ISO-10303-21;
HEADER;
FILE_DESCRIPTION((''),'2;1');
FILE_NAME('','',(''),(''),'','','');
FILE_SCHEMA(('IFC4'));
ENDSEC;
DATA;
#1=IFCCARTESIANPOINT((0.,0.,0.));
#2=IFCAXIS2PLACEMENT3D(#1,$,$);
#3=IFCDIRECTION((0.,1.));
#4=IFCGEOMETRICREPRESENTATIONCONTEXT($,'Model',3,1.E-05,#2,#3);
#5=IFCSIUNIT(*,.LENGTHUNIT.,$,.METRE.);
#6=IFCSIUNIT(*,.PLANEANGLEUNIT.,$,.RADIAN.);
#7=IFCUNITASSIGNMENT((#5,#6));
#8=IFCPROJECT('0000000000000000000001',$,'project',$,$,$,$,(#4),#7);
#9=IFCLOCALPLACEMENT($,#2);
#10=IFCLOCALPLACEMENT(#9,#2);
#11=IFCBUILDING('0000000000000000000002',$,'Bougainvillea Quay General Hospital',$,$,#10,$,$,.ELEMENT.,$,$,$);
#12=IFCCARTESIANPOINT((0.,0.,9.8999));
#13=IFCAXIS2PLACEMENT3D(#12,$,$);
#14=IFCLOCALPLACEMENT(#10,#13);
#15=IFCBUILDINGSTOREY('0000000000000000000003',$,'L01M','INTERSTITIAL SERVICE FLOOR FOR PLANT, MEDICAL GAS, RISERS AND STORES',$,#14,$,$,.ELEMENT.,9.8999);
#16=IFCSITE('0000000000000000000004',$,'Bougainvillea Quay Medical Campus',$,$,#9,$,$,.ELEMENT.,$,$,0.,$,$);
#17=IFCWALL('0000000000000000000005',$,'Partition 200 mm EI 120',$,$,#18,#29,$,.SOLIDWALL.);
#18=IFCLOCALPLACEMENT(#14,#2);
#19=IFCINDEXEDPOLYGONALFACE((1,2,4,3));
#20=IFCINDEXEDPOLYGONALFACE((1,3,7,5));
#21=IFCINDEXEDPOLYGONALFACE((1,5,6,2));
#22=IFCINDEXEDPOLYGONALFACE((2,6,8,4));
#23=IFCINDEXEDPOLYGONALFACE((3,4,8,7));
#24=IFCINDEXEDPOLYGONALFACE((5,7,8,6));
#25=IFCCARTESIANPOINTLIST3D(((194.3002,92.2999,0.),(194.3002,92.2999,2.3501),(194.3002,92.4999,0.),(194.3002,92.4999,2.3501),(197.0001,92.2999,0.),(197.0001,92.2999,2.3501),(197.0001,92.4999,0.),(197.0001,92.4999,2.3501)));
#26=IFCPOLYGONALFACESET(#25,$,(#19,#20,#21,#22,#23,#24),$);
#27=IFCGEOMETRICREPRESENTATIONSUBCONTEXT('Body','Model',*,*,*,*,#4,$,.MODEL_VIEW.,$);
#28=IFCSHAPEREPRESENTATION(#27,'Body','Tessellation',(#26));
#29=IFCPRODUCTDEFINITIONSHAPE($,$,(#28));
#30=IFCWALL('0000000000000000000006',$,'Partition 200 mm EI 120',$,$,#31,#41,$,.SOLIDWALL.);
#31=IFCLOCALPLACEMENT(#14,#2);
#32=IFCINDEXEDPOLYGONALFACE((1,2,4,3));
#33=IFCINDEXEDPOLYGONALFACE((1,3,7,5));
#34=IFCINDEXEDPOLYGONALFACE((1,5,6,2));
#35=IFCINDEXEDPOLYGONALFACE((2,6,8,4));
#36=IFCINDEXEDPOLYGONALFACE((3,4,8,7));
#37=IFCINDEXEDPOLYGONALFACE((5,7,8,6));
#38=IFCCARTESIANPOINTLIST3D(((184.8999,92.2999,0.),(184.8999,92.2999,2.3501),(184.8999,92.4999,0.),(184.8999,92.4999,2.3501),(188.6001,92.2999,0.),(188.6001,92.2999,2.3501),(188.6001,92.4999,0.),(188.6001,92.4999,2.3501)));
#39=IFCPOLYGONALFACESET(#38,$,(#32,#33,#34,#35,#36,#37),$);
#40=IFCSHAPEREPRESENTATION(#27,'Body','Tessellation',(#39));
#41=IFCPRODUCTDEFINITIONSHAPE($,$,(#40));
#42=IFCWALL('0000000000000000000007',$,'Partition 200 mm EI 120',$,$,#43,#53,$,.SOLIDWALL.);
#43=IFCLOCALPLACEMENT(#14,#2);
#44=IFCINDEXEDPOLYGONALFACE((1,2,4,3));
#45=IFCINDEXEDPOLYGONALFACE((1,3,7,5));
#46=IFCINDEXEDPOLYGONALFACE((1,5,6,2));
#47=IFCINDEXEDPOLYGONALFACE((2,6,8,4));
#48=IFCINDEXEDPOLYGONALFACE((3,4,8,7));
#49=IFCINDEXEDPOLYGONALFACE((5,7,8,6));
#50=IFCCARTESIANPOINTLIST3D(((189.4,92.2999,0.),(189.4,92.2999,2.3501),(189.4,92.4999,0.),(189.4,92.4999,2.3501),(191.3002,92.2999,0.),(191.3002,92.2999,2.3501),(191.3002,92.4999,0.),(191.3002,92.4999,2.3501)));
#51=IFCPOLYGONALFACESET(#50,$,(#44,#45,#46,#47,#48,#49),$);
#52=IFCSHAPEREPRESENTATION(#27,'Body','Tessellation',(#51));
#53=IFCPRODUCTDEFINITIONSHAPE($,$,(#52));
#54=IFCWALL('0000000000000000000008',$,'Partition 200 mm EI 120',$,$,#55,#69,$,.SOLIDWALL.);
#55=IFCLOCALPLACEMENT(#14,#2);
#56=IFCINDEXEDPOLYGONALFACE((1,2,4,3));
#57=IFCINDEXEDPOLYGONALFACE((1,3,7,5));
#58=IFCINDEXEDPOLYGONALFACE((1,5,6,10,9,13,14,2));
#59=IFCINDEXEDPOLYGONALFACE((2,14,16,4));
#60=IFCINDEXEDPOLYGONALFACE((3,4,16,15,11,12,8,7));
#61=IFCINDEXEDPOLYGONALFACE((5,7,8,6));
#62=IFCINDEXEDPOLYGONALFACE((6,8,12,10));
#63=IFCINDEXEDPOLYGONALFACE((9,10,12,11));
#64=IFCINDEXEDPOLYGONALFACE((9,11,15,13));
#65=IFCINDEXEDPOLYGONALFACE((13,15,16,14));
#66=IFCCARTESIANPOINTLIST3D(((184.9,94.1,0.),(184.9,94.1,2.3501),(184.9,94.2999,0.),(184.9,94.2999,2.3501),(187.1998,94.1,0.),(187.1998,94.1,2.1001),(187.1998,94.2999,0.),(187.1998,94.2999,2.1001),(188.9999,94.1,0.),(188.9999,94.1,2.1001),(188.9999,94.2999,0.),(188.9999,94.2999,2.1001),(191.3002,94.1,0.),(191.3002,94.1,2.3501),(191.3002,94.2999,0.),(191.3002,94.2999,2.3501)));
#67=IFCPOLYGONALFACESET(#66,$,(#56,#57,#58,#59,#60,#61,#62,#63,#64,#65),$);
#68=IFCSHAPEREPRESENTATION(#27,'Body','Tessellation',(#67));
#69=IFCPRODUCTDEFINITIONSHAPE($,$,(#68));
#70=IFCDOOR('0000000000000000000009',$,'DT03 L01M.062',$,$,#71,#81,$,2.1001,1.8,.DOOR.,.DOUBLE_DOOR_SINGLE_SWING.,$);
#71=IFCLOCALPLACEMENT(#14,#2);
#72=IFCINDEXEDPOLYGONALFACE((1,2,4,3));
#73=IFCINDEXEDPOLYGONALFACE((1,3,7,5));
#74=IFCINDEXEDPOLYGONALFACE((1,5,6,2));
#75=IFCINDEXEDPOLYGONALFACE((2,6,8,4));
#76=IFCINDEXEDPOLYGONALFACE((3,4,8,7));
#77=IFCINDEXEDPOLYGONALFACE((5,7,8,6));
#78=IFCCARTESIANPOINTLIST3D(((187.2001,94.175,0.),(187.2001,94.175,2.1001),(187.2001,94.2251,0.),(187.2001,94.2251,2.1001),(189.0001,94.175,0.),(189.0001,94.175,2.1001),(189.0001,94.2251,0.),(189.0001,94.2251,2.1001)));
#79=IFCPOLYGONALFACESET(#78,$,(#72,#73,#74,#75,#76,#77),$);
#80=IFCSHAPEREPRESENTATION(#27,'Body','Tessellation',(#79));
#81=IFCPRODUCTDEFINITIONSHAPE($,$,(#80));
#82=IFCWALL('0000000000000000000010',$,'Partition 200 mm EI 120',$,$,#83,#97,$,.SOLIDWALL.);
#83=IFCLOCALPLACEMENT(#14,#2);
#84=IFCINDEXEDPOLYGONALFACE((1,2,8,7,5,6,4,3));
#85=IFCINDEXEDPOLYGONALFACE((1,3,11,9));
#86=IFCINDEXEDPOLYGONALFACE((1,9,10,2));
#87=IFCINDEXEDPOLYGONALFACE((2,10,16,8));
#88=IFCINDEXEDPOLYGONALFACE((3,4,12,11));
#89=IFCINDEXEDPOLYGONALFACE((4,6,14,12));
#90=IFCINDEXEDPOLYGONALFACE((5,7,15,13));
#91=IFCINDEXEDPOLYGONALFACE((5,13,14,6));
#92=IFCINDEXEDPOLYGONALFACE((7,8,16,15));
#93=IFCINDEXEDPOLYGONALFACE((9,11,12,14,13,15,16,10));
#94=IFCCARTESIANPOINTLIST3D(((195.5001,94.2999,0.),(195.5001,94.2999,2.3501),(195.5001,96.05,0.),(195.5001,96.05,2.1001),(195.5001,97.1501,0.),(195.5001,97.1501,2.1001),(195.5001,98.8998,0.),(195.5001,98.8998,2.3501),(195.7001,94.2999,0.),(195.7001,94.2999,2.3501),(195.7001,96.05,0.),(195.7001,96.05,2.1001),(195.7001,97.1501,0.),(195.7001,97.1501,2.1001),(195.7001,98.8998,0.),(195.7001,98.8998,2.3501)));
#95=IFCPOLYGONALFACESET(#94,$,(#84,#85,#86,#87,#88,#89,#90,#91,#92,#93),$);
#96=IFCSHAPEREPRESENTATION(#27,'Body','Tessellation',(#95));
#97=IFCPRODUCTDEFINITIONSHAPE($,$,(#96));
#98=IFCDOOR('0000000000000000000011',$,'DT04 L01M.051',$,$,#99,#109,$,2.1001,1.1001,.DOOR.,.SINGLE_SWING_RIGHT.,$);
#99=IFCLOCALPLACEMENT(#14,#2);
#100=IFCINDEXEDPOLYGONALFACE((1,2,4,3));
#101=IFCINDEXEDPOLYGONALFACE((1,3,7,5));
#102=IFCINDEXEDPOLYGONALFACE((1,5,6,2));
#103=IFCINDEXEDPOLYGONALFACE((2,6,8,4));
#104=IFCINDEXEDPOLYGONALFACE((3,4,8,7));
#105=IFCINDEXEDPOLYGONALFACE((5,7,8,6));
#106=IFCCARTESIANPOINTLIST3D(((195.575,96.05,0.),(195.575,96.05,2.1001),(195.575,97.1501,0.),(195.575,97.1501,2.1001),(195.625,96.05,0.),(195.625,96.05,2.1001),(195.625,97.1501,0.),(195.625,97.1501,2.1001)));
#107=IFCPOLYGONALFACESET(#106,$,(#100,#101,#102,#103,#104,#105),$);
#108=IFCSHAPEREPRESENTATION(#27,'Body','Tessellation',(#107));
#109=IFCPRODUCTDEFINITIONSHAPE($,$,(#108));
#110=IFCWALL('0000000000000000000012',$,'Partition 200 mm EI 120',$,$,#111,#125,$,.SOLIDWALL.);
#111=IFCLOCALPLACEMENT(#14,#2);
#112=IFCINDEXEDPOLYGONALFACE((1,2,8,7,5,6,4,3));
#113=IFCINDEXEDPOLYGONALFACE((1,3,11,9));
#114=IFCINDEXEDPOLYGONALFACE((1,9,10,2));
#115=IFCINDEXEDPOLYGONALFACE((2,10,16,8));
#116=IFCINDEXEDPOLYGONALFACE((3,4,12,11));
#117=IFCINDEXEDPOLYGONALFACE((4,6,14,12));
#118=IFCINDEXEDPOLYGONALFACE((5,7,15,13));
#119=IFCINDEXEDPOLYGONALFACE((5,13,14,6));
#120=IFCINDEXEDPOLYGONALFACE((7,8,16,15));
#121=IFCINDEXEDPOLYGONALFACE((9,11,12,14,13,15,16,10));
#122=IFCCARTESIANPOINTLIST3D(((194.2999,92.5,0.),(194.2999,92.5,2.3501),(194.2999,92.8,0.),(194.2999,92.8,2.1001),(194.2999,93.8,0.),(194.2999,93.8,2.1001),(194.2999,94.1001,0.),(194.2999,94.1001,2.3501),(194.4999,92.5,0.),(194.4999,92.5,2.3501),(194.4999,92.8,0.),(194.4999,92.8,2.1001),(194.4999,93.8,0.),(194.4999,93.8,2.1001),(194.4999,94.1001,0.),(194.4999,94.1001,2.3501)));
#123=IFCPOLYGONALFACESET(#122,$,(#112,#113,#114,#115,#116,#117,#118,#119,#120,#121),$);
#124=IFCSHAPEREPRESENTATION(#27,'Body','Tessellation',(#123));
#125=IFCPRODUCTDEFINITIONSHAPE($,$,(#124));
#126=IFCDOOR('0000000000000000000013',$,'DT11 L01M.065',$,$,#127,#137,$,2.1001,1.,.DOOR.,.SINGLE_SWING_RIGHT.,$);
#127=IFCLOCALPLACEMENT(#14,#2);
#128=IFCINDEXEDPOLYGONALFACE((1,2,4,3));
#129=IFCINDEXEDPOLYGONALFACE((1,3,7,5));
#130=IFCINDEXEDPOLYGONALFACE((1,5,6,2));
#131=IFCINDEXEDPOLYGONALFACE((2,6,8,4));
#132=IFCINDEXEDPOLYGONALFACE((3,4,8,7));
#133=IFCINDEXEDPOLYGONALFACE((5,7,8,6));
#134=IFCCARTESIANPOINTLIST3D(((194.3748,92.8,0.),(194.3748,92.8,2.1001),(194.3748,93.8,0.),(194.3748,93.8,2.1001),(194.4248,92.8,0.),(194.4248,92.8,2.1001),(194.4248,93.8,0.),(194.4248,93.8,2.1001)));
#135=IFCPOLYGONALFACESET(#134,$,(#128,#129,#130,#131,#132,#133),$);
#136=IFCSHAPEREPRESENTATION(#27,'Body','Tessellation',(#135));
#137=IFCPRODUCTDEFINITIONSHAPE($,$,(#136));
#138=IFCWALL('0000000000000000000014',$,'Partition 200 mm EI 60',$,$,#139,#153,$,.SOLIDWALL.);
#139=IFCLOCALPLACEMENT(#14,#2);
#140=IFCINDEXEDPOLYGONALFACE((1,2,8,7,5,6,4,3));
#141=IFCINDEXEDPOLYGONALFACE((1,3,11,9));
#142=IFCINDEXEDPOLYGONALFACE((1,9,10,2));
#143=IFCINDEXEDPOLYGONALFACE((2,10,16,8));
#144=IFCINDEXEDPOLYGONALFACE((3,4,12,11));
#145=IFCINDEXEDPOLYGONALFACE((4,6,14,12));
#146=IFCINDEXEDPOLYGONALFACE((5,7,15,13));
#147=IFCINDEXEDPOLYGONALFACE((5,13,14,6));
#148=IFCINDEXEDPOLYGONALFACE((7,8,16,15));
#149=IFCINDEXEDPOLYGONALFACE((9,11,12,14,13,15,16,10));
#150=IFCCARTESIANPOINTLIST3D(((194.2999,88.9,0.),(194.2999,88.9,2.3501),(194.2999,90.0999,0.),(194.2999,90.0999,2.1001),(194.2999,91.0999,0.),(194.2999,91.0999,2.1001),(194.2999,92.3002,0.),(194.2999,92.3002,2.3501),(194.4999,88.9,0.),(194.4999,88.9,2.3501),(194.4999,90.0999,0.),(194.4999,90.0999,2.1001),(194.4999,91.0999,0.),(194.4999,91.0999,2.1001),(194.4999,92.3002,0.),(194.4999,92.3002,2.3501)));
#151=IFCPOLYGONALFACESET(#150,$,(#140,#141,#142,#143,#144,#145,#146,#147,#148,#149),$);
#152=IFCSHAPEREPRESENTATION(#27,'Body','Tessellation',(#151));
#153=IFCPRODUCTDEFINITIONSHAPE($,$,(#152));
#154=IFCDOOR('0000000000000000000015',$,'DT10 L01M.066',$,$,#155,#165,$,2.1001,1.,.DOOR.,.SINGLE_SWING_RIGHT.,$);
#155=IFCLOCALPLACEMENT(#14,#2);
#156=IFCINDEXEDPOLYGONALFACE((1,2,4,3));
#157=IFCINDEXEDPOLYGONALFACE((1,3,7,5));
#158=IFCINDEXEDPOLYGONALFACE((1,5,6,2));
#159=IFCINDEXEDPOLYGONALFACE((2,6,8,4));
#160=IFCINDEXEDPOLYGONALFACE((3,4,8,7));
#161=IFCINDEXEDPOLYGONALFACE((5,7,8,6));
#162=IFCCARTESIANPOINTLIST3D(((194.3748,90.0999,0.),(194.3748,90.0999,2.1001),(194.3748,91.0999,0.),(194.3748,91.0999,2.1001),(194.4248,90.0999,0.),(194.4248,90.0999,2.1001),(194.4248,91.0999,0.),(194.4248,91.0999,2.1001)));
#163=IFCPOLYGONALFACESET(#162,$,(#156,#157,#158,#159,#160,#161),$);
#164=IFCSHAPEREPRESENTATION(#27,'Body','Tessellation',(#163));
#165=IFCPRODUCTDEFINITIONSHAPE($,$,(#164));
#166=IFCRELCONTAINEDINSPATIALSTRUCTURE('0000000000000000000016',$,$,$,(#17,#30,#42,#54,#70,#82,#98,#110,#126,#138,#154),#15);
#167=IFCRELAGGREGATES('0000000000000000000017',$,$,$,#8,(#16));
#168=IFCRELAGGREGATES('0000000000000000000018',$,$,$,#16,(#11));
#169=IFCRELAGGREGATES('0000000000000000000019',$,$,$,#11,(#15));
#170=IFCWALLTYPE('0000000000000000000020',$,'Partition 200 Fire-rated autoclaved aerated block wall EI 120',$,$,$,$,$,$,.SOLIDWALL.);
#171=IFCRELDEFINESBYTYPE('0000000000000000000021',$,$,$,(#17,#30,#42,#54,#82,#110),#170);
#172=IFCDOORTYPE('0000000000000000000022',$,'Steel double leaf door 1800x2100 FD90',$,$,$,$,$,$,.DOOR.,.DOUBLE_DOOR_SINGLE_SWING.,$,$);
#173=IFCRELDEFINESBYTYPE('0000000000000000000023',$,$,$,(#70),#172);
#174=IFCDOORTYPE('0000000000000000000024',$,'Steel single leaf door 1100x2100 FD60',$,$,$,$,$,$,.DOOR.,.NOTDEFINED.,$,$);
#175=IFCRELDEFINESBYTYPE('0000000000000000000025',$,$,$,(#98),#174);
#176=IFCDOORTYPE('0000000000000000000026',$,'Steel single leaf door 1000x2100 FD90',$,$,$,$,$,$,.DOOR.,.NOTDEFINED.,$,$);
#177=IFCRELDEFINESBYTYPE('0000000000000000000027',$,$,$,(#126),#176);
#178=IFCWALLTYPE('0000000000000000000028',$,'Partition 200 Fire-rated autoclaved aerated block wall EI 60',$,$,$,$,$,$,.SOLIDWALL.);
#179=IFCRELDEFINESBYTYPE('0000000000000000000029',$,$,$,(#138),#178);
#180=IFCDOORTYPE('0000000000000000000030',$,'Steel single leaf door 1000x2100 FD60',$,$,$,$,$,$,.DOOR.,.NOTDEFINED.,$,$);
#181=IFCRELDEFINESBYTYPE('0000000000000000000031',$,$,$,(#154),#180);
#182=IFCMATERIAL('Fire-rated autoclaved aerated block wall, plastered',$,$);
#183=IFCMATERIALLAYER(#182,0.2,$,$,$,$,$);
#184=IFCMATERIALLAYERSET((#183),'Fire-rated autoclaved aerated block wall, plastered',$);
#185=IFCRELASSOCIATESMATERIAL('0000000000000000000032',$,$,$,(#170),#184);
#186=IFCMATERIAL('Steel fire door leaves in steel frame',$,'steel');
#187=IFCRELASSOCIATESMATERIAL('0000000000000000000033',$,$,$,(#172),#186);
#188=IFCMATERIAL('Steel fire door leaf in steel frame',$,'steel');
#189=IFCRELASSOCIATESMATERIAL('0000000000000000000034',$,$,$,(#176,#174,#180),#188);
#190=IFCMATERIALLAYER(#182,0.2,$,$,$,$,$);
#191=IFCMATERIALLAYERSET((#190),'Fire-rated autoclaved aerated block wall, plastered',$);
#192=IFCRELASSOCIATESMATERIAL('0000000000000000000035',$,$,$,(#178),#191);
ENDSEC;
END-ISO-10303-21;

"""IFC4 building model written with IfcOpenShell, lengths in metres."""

from ifc_helpers import new_model, si_unit, direction, frame, frame_2d, origin, place, context, subcontext, project, spatial, rectangle, extrude, material, layer, layer_set, type_object, element, fill, save


model = new_model("IFC4")

# Units and contexts
model_context = context("Model", 3, precision=1e-05, world=origin(), true_north=direction((0.0, 1.0)))
body_context = subcontext(model_context, "Body", "Model", "MODEL_VIEW")
ifc_project = project(units=[si_unit("LENGTHUNIT", "METRE"), si_unit("PLANEANGLEUNIT", "RADIAN")], contexts=[model_context])

# Site, building, storey
site_placement = place(None, origin())
site = spatial("IfcSite", under=ifc_project, at=site_placement, Name="Bougainvillea Quay Medical Campus", CompositionType="ELEMENT", RefElevation=0.0)
building_placement = place(site_placement, origin())
building = spatial("IfcBuilding", under=site, at=building_placement, Name="Bougainvillea Quay General Hospital", CompositionType="ELEMENT")
storey_placement = place(building_placement, frame((0.0, 0.0, 9.8999)))
storey = spatial("IfcBuildingStorey", under=building, at=storey_placement, Name="L01M", Description="INTERSTITIAL SERVICE FLOOR FOR PLANT, MEDICAL GAS, RISERS AND STORES", CompositionType="ELEMENT", Elevation=9.8999)

# Shared definitions
ifc_material_1 = material(Name="Fire-rated autoclaved aerated block wall, plastered")
ifc_layer_1 = layer(ifc_material_1, 0.2)
ifc_layer_set_1 = layer_set([ifc_layer_1], Name="Fire-rated autoclaved aerated block wall, plastered")
wall_type_1 = type_object("IfcWallType", Name="Partition 200 Fire-rated autoclaved aerated block wall EI 120", PredefinedType="SOLIDWALL", material=ifc_layer_set_1)
ifc_material_2 = material(Name="Steel fire door leaves in steel frame", Category="steel")
door_type_1 = type_object("IfcDoorType", Name="Steel double leaf door 1800x2100 FD90", OperationType="DOUBLE_DOOR_SINGLE_SWING", PredefinedType="DOOR", material=ifc_material_2)
ifc_material_3 = material(Name="Steel fire door leaf in steel frame", Category="steel")
door_type_2 = type_object("IfcDoorType", Name="Steel single leaf door 1000x2100 FD90", OperationType="NOTDEFINED", PredefinedType="DOOR", material=ifc_material_3)

# Walls
wall_1_placement = place(storey_placement, frame((194.3, 92.3999, 0.0), z_axis=(0.0, 0.0, 1.0), x_axis=(1.0, 0.0, 0.0)))
element("IfcWall", 1, at=wall_1_placement, inside=storey, type_object=wall_type_1, Name="Partition 200 mm EI 120", PredefinedType="SOLIDWALL", context=body_context, shape_type="SweptSolid", body=[
    extrude(rectangle(XDim=2.7, YDim=0.2, at=frame_2d((1.3501, 0.0))), origin(), (0.0, 0.0, 1.0), 2.3501),
])
wall_2_placement = place(storey_placement, frame((184.8999, 92.3999, 0.0), z_axis=(0.0, 0.0, 1.0), x_axis=(1.0, 0.0, 0.0)))
element("IfcWall", 2, at=wall_2_placement, inside=storey, type_object=wall_type_1, Name="Partition 200 mm EI 120", PredefinedType="SOLIDWALL", context=body_context, shape_type="SweptSolid", body=[
    extrude(rectangle(XDim=3.7002, YDim=0.2, at=frame_2d((1.8501, 0.0))), origin(), (0.0, 0.0, 1.0), 2.3501),
])
wall_3_placement = place(storey_placement, frame((189.3999, 92.3999, 0.0), z_axis=(0.0, 0.0, 1.0), x_axis=(1.0, 0.0, 0.0)))
element("IfcWall", 3, at=wall_3_placement, inside=storey, type_object=wall_type_1, Name="Partition 200 mm EI 120", PredefinedType="SOLIDWALL", context=body_context, shape_type="SweptSolid", body=[
    extrude(rectangle(XDim=1.9001, YDim=0.2, at=frame_2d((0.9502, 0.0))), origin(), (0.0, 0.0, 1.0), 2.3501),
])

# Walls, openings, doors
wall_4_placement = place(storey_placement, frame((184.8999, 94.2, 0.0), z_axis=(0.0, 0.0, 1.0), x_axis=(1.0, 0.0, 0.0)))
wall_4 = element("IfcWall", 4, at=wall_4_placement, inside=storey, type_object=wall_type_1, Name="Partition 200 mm EI 120", PredefinedType="SOLIDWALL", context=body_context, shape_type="SweptSolid", body=[
    extrude(rectangle(XDim=6.4001, YDim=0.2, at=frame_2d((3.2002, 0.0))), origin(), (0.0, 0.0, 1.0), 2.3501),
])
opening_1_placement = place(wall_4_placement, frame((2.3, 0.0, 0.0)))
opening_1 = element("IfcOpeningElement", 5, at=opening_1_placement, cuts=wall_4, PredefinedType="OPENING", context=body_context, shape_type="SweptSolid", body=[
    extrude(rectangle(XDim=1.8, YDim=2.1001, at=frame_2d((0.8999, 1.05))), frame((0.0, 0.1099, 0.0), z_axis=(0.0, -1.0, 0.0), x_axis=(1.0, 0.0, 0.0)), (0.0, 0.0, 1.0), 0.22),
])
door_1_placement = place(opening_1_placement, frame((1.8, 0.0, 0.0), z_axis=(0.0, 0.0, 1.0), x_axis=(-1.0, 0.0, 0.0)))
door_1 = element("IfcDoor", 6, at=door_1_placement, inside=storey, type_object=door_type_1, Name="DT03 L01M.062", OperationType="DOUBLE_DOOR_SINGLE_SWING", OverallHeight=2.1001, OverallWidth=1.8, PredefinedType="DOOR", context=body_context, shape_type="SweptSolid", body=[
    extrude(rectangle(XDim=1.8, YDim=2.1001, at=frame_2d((0.8999, 1.05))), frame((0.0, 0.0249, 0.0), z_axis=(0.0, -1.0, 0.0), x_axis=(1.0, 0.0, 0.0)), (0.0, 0.0, 1.0), 0.05),
])
fill(opening_1, door_1)
wall_5_placement = place(storey_placement, frame((195.6001, 94.3, 0.0), z_axis=(0.0, 0.0, 1.0), x_axis=(0.0, 1.0, 0.0)))
wall_5 = element("IfcWall", 7, at=wall_5_placement, inside=storey, type_object=wall_type_1, Name="Partition 200 mm EI 120", PredefinedType="SOLIDWALL", context=body_context, shape_type="SweptSolid", body=[
    extrude(rectangle(XDim=4.5999, YDim=0.2, at=frame_2d((2.2998, 0.0))), origin(), (0.0, 0.0, 1.0), 2.3501),
])
opening_2_placement = place(wall_5_placement, frame((1.75, 0.0, 0.0)))
opening_2 = element("IfcOpeningElement", 8, at=opening_2_placement, cuts=wall_5, PredefinedType="OPENING", context=body_context, shape_type="SweptSolid", body=[
    extrude(rectangle(XDim=1.1001, YDim=2.1001, at=frame_2d((0.55, 1.05))), frame((0.0, 0.1099, 0.0), z_axis=(0.0, -1.0, 0.0), x_axis=(1.0, 0.0, 0.0)), (0.0, 0.0, 1.0), 0.22),
])
door_type_3 = type_object("IfcDoorType", Name="Steel single leaf door 1100x2100 FD60", OperationType="NOTDEFINED", PredefinedType="DOOR", material=ifc_material_3)
door_2_placement = place(opening_2_placement, frame((1.1001, 0.0, 0.0), z_axis=(0.0, 0.0, 1.0), x_axis=(-1.0, 0.0, 0.0)))
door_2 = element("IfcDoor", 9, at=door_2_placement, inside=storey, type_object=door_type_3, Name="DT04 L01M.051", OperationType="SINGLE_SWING_RIGHT", OverallHeight=2.1001, OverallWidth=1.1001, PredefinedType="DOOR", context=body_context, shape_type="SweptSolid", body=[
    extrude(rectangle(XDim=1.1001, YDim=2.1001, at=frame_2d((0.55, 1.05))), frame((0.0, 0.0249, 0.0), z_axis=(0.0, -1.0, 0.0), x_axis=(1.0, 0.0, 0.0)), (0.0, 0.0, 1.0), 0.05),
])
fill(opening_2, door_2)
wall_6_placement = place(storey_placement, frame((194.3999, 92.5, 0.0), z_axis=(0.0, 0.0, 1.0), x_axis=(0.0, 1.0, 0.0)))
wall_6 = element("IfcWall", 10, at=wall_6_placement, inside=storey, type_object=wall_type_1, Name="Partition 200 mm EI 120", PredefinedType="SOLIDWALL", context=body_context, shape_type="SweptSolid", body=[
    extrude(rectangle(XDim=1.6001, YDim=0.2, at=frame_2d((0.8, 0.0))), origin(), (0.0, 0.0, 1.0), 2.3501),
])
opening_3_placement = place(wall_6_placement, frame((0.3, 0.0, 0.0)))
opening_3 = element("IfcOpeningElement", 11, at=opening_3_placement, cuts=wall_6, PredefinedType="OPENING", context=body_context, shape_type="SweptSolid", body=[
    extrude(rectangle(XDim=1.0, YDim=2.1001, at=frame_2d((0.5, 1.05))), frame((0.0, 0.1099, 0.0), z_axis=(0.0, -1.0, 0.0), x_axis=(1.0, 0.0, 0.0)), (0.0, 0.0, 1.0), 0.22),
])
door_3_placement = place(opening_3_placement, frame((1.0, 0.0, 0.0), z_axis=(0.0, 0.0, 1.0), x_axis=(-1.0, 0.0, 0.0)))
door_3 = element("IfcDoor", 12, at=door_3_placement, inside=storey, type_object=door_type_2, Name="DT11 L01M.065", OperationType="SINGLE_SWING_RIGHT", OverallHeight=2.1001, OverallWidth=1.0, PredefinedType="DOOR", context=body_context, shape_type="SweptSolid", body=[
    extrude(rectangle(XDim=1.0, YDim=2.1001, at=frame_2d((0.5, 1.05))), frame((0.0, 0.0249, 0.0), z_axis=(0.0, -1.0, 0.0), x_axis=(1.0, 0.0, 0.0)), (0.0, 0.0, 1.0), 0.05),
])
fill(opening_3, door_3)
ifc_layer_2 = layer(ifc_material_1, 0.2)
ifc_layer_set_2 = layer_set([ifc_layer_2], Name="Fire-rated autoclaved aerated block wall, plastered")
wall_type_2 = type_object("IfcWallType", Name="Partition 200 Fire-rated autoclaved aerated block wall EI 60", PredefinedType="SOLIDWALL", material=ifc_layer_set_2)
wall_7_placement = place(storey_placement, frame((194.3999, 88.8999, 0.0), z_axis=(0.0, 0.0, 1.0), x_axis=(0.0, 1.0, 0.0)))
wall_7 = element("IfcWall", 13, at=wall_7_placement, inside=storey, type_object=wall_type_2, Name="Partition 200 mm EI 60", PredefinedType="SOLIDWALL", context=body_context, shape_type="SweptSolid", body=[
    extrude(rectangle(XDim=3.4001, YDim=0.2, at=frame_2d((1.7002, 0.0))), origin(), (0.0, 0.0, 1.0), 2.3501),
])
opening_4_placement = place(wall_7_placement, frame((1.2, 0.0, 0.0)))
opening_4 = element("IfcOpeningElement", 14, at=opening_4_placement, cuts=wall_7, PredefinedType="OPENING", context=body_context, shape_type="SweptSolid", body=[
    extrude(rectangle(XDim=1.0, YDim=2.1001, at=frame_2d((0.5, 1.05))), frame((0.0, 0.1099, 0.0), z_axis=(0.0, -1.0, 0.0), x_axis=(1.0, 0.0, 0.0)), (0.0, 0.0, 1.0), 0.22),
])
door_type_4 = type_object("IfcDoorType", Name="Steel single leaf door 1000x2100 FD60", OperationType="NOTDEFINED", PredefinedType="DOOR", material=ifc_material_3)
door_4_placement = place(opening_4_placement, frame((1.0, 0.0, 0.0), z_axis=(0.0, 0.0, 1.0), x_axis=(-1.0, 0.0, 0.0)))
door_4 = element("IfcDoor", 15, at=door_4_placement, inside=storey, type_object=door_type_4, Name="DT10 L01M.066", OperationType="SINGLE_SWING_RIGHT", OverallHeight=2.1001, OverallWidth=1.0, PredefinedType="DOOR", context=body_context, shape_type="SweptSolid", body=[
    extrude(rectangle(XDim=1.0, YDim=2.1001, at=frame_2d((0.5, 1.05))), frame((0.0, 0.0249, 0.0), z_axis=(0.0, -1.0, 0.0), x_axis=(1.0, 0.0, 0.0)), (0.0, 0.0, 1.0), 0.05),
])
fill(opening_4, door_4)

save(model, "model.ifc")
